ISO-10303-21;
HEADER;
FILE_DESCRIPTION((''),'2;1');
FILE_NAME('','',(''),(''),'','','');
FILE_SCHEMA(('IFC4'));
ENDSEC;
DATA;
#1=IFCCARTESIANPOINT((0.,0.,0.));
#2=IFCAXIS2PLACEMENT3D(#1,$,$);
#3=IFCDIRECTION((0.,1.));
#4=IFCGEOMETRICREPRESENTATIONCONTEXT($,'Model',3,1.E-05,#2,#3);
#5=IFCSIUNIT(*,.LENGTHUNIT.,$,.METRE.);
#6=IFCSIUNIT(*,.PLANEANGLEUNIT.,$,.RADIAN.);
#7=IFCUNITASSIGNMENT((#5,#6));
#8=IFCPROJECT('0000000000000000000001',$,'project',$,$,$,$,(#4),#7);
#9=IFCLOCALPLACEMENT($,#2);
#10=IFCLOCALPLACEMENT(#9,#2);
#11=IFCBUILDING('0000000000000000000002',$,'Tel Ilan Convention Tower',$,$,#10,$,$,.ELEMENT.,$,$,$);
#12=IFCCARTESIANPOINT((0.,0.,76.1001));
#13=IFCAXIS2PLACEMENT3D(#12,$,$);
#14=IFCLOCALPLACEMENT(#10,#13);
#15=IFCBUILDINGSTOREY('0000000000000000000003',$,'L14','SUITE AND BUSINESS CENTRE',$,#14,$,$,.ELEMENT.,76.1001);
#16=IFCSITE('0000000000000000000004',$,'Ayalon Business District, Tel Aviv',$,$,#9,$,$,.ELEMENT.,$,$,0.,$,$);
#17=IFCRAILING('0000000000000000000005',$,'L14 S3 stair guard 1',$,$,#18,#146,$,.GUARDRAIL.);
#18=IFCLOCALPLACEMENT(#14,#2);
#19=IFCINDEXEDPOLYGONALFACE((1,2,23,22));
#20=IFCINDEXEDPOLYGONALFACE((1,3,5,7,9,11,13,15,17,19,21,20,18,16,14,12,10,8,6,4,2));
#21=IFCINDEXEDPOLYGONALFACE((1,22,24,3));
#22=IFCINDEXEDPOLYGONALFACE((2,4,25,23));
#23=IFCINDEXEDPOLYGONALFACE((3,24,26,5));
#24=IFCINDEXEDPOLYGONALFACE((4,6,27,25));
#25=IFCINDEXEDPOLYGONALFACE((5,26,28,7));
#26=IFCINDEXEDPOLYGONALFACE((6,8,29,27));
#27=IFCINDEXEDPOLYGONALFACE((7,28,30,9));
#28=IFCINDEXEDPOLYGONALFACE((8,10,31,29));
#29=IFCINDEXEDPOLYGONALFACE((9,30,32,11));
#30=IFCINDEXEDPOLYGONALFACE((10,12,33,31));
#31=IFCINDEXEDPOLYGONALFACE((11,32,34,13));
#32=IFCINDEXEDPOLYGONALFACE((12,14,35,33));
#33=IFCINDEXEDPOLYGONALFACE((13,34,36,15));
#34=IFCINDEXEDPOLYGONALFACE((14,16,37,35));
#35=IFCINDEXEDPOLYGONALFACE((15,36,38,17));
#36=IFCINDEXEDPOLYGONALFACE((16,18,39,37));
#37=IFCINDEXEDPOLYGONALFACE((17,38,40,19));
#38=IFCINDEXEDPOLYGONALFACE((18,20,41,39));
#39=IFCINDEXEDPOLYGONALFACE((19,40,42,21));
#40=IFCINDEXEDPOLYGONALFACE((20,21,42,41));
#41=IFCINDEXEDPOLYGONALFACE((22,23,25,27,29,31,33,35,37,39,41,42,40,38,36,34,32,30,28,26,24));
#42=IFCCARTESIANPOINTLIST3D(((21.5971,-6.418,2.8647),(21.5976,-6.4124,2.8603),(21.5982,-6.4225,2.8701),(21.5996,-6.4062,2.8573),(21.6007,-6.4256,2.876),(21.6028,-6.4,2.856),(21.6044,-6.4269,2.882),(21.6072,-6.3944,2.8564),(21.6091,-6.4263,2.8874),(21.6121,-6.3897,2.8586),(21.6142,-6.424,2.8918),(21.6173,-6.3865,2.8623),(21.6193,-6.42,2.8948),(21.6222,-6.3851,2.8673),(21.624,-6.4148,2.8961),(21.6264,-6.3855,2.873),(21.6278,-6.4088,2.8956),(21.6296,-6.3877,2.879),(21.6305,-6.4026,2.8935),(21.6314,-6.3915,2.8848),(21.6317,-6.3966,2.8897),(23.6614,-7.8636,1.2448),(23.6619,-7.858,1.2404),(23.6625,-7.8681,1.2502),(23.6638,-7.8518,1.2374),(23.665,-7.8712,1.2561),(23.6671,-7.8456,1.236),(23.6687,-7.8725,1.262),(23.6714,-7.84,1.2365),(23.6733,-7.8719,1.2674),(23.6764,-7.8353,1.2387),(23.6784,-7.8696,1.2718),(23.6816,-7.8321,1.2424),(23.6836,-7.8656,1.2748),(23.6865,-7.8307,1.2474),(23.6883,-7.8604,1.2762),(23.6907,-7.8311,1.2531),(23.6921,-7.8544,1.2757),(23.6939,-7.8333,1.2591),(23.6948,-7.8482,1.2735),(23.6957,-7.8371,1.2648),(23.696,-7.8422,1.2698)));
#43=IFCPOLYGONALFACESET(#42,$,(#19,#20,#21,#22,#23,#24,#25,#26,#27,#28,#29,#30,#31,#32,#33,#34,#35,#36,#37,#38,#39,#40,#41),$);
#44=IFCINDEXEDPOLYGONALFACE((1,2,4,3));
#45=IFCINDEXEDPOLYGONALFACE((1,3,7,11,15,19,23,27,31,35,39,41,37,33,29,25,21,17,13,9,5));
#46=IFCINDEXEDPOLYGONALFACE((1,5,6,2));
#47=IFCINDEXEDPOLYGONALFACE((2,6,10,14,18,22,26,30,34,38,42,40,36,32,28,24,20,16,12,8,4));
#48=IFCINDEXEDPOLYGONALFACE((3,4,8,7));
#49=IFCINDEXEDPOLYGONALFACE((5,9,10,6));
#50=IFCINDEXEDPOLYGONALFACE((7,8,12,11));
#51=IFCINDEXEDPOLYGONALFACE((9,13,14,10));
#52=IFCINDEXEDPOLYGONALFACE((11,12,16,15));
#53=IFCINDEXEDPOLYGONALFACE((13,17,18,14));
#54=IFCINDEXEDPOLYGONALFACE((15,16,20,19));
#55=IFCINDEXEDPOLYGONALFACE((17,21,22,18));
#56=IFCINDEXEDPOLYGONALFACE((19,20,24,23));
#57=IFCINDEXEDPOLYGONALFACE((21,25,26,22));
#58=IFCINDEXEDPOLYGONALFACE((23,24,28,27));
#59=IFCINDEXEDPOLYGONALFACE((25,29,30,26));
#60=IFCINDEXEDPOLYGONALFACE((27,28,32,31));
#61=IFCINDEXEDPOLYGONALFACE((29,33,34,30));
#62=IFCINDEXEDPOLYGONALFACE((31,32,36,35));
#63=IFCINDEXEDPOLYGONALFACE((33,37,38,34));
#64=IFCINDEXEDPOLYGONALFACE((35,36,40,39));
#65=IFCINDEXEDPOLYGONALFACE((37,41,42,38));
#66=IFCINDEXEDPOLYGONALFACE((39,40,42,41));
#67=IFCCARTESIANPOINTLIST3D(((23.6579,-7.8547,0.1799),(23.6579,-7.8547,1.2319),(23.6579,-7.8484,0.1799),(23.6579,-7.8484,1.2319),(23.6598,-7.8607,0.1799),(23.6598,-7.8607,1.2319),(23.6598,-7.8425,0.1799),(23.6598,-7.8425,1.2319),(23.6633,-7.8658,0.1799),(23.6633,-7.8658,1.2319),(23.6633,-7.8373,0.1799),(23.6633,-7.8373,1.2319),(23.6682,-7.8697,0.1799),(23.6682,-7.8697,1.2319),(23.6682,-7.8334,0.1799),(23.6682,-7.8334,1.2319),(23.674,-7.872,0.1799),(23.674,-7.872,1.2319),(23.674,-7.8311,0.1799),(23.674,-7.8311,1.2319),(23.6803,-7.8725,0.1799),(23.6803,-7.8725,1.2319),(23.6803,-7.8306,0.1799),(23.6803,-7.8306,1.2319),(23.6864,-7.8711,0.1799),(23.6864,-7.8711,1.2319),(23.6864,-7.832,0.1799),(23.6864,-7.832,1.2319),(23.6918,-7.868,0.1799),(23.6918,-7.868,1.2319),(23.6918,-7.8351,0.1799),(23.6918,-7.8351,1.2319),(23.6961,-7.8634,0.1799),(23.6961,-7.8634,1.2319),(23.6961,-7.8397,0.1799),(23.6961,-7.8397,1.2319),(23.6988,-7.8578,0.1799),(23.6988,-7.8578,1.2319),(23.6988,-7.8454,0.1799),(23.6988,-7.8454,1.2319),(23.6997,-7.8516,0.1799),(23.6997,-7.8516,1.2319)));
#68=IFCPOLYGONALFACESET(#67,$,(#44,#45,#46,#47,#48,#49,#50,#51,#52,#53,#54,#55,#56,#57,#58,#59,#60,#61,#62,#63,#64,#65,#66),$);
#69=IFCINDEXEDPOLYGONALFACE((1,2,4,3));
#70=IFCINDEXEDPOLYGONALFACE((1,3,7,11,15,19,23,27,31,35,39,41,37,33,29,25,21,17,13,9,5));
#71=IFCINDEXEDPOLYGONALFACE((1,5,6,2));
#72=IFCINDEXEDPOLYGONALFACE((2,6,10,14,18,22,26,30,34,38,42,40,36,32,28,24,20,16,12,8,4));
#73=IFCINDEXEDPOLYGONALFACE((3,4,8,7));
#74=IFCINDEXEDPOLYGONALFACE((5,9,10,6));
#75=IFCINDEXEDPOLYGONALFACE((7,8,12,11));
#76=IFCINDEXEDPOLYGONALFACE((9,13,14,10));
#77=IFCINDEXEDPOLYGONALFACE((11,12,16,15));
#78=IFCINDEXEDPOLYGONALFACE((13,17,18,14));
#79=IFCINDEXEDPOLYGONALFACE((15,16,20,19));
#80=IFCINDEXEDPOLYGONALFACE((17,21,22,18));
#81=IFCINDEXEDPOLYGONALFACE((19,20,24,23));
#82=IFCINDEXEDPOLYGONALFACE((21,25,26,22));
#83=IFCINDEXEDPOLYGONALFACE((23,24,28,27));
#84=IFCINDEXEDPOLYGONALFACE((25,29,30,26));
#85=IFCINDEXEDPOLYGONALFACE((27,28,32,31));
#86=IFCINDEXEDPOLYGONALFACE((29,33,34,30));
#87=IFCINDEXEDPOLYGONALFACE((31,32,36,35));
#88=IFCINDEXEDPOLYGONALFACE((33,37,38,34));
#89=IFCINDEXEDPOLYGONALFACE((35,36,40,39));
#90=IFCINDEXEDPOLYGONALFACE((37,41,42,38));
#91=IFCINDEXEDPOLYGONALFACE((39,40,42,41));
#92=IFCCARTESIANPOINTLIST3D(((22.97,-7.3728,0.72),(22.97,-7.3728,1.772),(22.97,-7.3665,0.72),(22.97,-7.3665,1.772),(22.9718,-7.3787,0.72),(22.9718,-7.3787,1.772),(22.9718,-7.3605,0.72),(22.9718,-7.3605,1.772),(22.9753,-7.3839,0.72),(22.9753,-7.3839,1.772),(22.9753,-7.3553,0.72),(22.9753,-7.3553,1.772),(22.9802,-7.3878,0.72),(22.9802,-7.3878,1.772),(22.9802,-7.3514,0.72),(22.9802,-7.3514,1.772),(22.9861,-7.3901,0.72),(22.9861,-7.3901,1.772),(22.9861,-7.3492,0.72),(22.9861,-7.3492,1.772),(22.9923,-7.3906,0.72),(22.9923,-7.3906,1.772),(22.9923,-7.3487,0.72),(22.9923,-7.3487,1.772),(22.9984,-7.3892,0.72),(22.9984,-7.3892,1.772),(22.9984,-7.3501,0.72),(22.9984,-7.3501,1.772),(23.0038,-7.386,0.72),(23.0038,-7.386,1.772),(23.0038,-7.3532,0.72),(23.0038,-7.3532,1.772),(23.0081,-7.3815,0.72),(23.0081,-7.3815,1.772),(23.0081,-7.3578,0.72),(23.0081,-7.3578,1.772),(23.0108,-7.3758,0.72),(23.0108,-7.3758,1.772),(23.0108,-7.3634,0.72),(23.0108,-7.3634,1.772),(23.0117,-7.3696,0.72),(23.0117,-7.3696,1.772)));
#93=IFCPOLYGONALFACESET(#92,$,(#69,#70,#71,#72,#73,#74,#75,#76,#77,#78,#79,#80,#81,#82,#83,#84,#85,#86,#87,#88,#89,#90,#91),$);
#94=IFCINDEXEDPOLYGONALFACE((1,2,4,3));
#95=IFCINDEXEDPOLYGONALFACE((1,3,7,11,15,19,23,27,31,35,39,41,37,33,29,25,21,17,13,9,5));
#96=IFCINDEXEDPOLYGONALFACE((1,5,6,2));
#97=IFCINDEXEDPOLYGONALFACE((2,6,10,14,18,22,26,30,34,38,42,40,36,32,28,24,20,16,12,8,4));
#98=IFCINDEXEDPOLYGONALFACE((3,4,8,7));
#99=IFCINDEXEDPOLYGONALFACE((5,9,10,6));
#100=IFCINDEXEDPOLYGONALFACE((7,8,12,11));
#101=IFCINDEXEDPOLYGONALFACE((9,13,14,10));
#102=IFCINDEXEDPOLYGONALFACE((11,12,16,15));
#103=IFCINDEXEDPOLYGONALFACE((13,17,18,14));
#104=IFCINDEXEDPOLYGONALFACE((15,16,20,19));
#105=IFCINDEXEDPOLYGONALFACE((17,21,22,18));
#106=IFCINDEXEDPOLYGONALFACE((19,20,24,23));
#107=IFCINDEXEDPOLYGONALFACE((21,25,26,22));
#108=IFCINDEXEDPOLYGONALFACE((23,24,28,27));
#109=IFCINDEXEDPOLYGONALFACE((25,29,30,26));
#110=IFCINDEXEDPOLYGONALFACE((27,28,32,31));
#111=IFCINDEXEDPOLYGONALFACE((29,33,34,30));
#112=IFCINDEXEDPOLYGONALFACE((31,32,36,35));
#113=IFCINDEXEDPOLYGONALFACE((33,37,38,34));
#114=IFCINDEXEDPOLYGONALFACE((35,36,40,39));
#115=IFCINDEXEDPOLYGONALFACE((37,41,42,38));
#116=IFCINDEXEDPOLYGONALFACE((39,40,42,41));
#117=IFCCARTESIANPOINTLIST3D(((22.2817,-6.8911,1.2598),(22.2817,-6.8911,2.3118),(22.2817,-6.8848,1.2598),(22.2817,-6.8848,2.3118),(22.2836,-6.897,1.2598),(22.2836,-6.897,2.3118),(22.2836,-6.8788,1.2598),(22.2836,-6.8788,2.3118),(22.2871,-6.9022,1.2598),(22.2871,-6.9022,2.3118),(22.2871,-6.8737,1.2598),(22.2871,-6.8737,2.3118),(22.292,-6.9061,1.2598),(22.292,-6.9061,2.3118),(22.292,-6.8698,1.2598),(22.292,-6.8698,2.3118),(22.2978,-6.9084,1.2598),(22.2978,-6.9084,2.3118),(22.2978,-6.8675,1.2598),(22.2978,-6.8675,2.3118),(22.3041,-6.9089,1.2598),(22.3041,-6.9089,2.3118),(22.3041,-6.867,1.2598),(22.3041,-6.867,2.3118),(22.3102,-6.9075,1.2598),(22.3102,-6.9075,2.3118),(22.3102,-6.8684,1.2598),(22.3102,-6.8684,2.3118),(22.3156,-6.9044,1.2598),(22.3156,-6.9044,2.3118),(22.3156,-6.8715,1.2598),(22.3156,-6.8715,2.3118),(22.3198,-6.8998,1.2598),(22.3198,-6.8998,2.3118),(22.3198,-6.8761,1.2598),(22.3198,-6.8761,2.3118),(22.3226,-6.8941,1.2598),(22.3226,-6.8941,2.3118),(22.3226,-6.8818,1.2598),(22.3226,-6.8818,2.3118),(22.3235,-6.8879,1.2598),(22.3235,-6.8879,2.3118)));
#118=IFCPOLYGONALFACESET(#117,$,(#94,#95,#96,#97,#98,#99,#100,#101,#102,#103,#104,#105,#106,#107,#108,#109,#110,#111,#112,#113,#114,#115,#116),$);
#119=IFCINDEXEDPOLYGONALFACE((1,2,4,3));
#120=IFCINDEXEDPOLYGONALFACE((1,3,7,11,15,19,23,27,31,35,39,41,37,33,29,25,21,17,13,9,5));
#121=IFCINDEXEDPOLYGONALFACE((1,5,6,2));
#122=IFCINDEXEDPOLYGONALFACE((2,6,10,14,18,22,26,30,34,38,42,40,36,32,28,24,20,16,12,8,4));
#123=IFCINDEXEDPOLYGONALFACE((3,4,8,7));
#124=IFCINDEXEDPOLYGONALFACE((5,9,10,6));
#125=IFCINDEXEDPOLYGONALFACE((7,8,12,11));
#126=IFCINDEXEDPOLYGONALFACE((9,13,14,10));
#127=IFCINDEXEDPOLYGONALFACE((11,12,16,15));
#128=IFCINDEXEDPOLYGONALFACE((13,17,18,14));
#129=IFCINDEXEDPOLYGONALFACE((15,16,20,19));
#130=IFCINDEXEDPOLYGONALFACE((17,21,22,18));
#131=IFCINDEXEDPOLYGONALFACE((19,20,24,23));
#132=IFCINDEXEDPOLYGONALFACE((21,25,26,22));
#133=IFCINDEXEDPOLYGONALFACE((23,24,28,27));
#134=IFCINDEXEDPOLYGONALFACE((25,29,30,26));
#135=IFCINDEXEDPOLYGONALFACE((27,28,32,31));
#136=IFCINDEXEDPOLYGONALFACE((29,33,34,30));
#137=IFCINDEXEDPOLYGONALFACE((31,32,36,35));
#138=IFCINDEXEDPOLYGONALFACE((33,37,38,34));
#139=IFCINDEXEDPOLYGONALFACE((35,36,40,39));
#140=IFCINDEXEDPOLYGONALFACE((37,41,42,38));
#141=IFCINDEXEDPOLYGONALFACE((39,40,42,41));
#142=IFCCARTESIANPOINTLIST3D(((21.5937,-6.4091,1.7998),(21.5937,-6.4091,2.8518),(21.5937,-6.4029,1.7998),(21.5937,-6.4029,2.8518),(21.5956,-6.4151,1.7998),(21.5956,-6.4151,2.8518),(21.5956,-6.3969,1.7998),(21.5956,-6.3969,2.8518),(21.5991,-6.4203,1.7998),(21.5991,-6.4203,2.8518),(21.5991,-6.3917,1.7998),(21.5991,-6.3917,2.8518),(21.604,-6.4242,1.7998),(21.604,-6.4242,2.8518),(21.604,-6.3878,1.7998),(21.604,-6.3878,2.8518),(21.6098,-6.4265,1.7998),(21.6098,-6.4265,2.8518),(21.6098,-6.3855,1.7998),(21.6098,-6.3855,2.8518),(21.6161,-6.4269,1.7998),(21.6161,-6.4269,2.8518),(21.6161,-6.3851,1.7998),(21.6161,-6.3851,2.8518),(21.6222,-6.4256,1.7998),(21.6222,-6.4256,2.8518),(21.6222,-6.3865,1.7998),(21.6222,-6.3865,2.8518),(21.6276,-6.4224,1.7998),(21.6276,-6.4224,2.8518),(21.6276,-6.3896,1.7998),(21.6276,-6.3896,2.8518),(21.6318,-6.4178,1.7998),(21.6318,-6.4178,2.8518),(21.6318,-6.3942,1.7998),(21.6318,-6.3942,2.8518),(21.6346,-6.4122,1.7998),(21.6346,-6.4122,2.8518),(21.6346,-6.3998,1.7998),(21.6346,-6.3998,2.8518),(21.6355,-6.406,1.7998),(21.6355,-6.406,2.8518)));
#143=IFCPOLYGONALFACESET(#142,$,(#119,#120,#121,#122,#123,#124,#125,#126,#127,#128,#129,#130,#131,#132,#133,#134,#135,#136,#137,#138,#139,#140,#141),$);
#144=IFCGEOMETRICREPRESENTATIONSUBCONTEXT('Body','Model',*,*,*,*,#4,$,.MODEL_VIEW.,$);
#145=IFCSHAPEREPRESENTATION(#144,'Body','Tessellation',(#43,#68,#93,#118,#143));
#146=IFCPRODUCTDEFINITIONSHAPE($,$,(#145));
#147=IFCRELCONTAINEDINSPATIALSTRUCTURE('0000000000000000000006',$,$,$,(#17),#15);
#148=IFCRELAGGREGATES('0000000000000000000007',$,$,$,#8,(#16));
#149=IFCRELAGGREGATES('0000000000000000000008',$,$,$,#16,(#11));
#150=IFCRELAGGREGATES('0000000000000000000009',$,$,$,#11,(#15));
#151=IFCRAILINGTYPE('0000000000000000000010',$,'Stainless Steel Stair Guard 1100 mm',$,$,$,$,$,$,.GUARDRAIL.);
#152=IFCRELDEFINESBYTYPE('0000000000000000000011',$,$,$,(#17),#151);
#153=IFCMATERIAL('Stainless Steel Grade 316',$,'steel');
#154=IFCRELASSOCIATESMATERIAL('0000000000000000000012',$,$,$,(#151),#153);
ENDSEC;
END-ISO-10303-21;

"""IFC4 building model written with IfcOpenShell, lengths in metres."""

from ifc_helpers import new_model, si_unit, direction, frame, origin, origin_2d, place, context, subcontext, project, spatial, circle, extrude, material, type_object, element, save


model = new_model("IFC4")

# Units and contexts
model_context = context("Model", 3, precision=1e-05, world=origin(), true_north=direction((0.0, 1.0)))
body_context = subcontext(model_context, "Body", "Model", "MODEL_VIEW")
ifc_project = project(units=[si_unit("LENGTHUNIT", "METRE"), si_unit("PLANEANGLEUNIT", "RADIAN")], contexts=[model_context])

# Site, building, storey
site_placement = place(None, origin())
site = spatial("IfcSite", under=ifc_project, at=site_placement, Name="Ayalon Business District, Tel Aviv", CompositionType="ELEMENT", RefElevation=0.0)
building_placement = place(site_placement, origin())
building = spatial("IfcBuilding", under=site, at=building_placement, Name="Tel Ilan Convention Tower", CompositionType="ELEMENT")
storey_placement = place(building_placement, frame((0.0, 0.0, 76.1001)))
storey = spatial("IfcBuildingStorey", under=building, at=storey_placement, Name="L14", Description="SUITE AND BUSINESS CENTRE", CompositionType="ELEMENT", Elevation=76.1001)

# Railing
ifc_material_1 = material(Name="Stainless Steel Grade 316", Category="steel")
railing_type_1 = type_object("IfcRailingType", Name="Stainless Steel Stair Guard 1100 mm", PredefinedType="GUARDRAIL", material=ifc_material_1)
railing_1_placement = place(storey_placement, frame((23.6787, -7.8516, 0.1799)))
element("IfcRailing", 1, at=railing_1_placement, inside=storey, type_object=railing_type_1, Name="L14 S3 stair guard 1", PredefinedType="GUARDRAIL", context=body_context, shape_type="SweptSolid", body=[
    extrude(circle(Radius=0.0239, at=origin_2d()), frame((0.0, 0.0, 1.0762), z_axis=(-0.689043, 0.482534, 0.540722), x_axis=(-0.573625, -0.819118, 0.0)), (0.0, 0.0, 1.0), 2.9958),
    extrude(circle(Radius=0.021, at=origin_2d()), origin(), (0.0, 0.0, 1.0), 1.052),
    extrude(circle(Radius=0.021, at=origin_2d()), frame((-0.688, 0.4819, 0.54)), (0.0, 0.0, 1.0), 1.052),
    extrude(circle(Radius=0.021, at=origin_2d()), frame((-1.3762, 0.9636, 1.0798)), (0.0, 0.0, 1.0), 1.052),
    extrude(circle(Radius=0.021, at=origin_2d()), frame((-2.0642, 1.4456, 1.6199)), (0.0, 0.0, 1.0), 1.052),
])

save(model, "model.ifc")
